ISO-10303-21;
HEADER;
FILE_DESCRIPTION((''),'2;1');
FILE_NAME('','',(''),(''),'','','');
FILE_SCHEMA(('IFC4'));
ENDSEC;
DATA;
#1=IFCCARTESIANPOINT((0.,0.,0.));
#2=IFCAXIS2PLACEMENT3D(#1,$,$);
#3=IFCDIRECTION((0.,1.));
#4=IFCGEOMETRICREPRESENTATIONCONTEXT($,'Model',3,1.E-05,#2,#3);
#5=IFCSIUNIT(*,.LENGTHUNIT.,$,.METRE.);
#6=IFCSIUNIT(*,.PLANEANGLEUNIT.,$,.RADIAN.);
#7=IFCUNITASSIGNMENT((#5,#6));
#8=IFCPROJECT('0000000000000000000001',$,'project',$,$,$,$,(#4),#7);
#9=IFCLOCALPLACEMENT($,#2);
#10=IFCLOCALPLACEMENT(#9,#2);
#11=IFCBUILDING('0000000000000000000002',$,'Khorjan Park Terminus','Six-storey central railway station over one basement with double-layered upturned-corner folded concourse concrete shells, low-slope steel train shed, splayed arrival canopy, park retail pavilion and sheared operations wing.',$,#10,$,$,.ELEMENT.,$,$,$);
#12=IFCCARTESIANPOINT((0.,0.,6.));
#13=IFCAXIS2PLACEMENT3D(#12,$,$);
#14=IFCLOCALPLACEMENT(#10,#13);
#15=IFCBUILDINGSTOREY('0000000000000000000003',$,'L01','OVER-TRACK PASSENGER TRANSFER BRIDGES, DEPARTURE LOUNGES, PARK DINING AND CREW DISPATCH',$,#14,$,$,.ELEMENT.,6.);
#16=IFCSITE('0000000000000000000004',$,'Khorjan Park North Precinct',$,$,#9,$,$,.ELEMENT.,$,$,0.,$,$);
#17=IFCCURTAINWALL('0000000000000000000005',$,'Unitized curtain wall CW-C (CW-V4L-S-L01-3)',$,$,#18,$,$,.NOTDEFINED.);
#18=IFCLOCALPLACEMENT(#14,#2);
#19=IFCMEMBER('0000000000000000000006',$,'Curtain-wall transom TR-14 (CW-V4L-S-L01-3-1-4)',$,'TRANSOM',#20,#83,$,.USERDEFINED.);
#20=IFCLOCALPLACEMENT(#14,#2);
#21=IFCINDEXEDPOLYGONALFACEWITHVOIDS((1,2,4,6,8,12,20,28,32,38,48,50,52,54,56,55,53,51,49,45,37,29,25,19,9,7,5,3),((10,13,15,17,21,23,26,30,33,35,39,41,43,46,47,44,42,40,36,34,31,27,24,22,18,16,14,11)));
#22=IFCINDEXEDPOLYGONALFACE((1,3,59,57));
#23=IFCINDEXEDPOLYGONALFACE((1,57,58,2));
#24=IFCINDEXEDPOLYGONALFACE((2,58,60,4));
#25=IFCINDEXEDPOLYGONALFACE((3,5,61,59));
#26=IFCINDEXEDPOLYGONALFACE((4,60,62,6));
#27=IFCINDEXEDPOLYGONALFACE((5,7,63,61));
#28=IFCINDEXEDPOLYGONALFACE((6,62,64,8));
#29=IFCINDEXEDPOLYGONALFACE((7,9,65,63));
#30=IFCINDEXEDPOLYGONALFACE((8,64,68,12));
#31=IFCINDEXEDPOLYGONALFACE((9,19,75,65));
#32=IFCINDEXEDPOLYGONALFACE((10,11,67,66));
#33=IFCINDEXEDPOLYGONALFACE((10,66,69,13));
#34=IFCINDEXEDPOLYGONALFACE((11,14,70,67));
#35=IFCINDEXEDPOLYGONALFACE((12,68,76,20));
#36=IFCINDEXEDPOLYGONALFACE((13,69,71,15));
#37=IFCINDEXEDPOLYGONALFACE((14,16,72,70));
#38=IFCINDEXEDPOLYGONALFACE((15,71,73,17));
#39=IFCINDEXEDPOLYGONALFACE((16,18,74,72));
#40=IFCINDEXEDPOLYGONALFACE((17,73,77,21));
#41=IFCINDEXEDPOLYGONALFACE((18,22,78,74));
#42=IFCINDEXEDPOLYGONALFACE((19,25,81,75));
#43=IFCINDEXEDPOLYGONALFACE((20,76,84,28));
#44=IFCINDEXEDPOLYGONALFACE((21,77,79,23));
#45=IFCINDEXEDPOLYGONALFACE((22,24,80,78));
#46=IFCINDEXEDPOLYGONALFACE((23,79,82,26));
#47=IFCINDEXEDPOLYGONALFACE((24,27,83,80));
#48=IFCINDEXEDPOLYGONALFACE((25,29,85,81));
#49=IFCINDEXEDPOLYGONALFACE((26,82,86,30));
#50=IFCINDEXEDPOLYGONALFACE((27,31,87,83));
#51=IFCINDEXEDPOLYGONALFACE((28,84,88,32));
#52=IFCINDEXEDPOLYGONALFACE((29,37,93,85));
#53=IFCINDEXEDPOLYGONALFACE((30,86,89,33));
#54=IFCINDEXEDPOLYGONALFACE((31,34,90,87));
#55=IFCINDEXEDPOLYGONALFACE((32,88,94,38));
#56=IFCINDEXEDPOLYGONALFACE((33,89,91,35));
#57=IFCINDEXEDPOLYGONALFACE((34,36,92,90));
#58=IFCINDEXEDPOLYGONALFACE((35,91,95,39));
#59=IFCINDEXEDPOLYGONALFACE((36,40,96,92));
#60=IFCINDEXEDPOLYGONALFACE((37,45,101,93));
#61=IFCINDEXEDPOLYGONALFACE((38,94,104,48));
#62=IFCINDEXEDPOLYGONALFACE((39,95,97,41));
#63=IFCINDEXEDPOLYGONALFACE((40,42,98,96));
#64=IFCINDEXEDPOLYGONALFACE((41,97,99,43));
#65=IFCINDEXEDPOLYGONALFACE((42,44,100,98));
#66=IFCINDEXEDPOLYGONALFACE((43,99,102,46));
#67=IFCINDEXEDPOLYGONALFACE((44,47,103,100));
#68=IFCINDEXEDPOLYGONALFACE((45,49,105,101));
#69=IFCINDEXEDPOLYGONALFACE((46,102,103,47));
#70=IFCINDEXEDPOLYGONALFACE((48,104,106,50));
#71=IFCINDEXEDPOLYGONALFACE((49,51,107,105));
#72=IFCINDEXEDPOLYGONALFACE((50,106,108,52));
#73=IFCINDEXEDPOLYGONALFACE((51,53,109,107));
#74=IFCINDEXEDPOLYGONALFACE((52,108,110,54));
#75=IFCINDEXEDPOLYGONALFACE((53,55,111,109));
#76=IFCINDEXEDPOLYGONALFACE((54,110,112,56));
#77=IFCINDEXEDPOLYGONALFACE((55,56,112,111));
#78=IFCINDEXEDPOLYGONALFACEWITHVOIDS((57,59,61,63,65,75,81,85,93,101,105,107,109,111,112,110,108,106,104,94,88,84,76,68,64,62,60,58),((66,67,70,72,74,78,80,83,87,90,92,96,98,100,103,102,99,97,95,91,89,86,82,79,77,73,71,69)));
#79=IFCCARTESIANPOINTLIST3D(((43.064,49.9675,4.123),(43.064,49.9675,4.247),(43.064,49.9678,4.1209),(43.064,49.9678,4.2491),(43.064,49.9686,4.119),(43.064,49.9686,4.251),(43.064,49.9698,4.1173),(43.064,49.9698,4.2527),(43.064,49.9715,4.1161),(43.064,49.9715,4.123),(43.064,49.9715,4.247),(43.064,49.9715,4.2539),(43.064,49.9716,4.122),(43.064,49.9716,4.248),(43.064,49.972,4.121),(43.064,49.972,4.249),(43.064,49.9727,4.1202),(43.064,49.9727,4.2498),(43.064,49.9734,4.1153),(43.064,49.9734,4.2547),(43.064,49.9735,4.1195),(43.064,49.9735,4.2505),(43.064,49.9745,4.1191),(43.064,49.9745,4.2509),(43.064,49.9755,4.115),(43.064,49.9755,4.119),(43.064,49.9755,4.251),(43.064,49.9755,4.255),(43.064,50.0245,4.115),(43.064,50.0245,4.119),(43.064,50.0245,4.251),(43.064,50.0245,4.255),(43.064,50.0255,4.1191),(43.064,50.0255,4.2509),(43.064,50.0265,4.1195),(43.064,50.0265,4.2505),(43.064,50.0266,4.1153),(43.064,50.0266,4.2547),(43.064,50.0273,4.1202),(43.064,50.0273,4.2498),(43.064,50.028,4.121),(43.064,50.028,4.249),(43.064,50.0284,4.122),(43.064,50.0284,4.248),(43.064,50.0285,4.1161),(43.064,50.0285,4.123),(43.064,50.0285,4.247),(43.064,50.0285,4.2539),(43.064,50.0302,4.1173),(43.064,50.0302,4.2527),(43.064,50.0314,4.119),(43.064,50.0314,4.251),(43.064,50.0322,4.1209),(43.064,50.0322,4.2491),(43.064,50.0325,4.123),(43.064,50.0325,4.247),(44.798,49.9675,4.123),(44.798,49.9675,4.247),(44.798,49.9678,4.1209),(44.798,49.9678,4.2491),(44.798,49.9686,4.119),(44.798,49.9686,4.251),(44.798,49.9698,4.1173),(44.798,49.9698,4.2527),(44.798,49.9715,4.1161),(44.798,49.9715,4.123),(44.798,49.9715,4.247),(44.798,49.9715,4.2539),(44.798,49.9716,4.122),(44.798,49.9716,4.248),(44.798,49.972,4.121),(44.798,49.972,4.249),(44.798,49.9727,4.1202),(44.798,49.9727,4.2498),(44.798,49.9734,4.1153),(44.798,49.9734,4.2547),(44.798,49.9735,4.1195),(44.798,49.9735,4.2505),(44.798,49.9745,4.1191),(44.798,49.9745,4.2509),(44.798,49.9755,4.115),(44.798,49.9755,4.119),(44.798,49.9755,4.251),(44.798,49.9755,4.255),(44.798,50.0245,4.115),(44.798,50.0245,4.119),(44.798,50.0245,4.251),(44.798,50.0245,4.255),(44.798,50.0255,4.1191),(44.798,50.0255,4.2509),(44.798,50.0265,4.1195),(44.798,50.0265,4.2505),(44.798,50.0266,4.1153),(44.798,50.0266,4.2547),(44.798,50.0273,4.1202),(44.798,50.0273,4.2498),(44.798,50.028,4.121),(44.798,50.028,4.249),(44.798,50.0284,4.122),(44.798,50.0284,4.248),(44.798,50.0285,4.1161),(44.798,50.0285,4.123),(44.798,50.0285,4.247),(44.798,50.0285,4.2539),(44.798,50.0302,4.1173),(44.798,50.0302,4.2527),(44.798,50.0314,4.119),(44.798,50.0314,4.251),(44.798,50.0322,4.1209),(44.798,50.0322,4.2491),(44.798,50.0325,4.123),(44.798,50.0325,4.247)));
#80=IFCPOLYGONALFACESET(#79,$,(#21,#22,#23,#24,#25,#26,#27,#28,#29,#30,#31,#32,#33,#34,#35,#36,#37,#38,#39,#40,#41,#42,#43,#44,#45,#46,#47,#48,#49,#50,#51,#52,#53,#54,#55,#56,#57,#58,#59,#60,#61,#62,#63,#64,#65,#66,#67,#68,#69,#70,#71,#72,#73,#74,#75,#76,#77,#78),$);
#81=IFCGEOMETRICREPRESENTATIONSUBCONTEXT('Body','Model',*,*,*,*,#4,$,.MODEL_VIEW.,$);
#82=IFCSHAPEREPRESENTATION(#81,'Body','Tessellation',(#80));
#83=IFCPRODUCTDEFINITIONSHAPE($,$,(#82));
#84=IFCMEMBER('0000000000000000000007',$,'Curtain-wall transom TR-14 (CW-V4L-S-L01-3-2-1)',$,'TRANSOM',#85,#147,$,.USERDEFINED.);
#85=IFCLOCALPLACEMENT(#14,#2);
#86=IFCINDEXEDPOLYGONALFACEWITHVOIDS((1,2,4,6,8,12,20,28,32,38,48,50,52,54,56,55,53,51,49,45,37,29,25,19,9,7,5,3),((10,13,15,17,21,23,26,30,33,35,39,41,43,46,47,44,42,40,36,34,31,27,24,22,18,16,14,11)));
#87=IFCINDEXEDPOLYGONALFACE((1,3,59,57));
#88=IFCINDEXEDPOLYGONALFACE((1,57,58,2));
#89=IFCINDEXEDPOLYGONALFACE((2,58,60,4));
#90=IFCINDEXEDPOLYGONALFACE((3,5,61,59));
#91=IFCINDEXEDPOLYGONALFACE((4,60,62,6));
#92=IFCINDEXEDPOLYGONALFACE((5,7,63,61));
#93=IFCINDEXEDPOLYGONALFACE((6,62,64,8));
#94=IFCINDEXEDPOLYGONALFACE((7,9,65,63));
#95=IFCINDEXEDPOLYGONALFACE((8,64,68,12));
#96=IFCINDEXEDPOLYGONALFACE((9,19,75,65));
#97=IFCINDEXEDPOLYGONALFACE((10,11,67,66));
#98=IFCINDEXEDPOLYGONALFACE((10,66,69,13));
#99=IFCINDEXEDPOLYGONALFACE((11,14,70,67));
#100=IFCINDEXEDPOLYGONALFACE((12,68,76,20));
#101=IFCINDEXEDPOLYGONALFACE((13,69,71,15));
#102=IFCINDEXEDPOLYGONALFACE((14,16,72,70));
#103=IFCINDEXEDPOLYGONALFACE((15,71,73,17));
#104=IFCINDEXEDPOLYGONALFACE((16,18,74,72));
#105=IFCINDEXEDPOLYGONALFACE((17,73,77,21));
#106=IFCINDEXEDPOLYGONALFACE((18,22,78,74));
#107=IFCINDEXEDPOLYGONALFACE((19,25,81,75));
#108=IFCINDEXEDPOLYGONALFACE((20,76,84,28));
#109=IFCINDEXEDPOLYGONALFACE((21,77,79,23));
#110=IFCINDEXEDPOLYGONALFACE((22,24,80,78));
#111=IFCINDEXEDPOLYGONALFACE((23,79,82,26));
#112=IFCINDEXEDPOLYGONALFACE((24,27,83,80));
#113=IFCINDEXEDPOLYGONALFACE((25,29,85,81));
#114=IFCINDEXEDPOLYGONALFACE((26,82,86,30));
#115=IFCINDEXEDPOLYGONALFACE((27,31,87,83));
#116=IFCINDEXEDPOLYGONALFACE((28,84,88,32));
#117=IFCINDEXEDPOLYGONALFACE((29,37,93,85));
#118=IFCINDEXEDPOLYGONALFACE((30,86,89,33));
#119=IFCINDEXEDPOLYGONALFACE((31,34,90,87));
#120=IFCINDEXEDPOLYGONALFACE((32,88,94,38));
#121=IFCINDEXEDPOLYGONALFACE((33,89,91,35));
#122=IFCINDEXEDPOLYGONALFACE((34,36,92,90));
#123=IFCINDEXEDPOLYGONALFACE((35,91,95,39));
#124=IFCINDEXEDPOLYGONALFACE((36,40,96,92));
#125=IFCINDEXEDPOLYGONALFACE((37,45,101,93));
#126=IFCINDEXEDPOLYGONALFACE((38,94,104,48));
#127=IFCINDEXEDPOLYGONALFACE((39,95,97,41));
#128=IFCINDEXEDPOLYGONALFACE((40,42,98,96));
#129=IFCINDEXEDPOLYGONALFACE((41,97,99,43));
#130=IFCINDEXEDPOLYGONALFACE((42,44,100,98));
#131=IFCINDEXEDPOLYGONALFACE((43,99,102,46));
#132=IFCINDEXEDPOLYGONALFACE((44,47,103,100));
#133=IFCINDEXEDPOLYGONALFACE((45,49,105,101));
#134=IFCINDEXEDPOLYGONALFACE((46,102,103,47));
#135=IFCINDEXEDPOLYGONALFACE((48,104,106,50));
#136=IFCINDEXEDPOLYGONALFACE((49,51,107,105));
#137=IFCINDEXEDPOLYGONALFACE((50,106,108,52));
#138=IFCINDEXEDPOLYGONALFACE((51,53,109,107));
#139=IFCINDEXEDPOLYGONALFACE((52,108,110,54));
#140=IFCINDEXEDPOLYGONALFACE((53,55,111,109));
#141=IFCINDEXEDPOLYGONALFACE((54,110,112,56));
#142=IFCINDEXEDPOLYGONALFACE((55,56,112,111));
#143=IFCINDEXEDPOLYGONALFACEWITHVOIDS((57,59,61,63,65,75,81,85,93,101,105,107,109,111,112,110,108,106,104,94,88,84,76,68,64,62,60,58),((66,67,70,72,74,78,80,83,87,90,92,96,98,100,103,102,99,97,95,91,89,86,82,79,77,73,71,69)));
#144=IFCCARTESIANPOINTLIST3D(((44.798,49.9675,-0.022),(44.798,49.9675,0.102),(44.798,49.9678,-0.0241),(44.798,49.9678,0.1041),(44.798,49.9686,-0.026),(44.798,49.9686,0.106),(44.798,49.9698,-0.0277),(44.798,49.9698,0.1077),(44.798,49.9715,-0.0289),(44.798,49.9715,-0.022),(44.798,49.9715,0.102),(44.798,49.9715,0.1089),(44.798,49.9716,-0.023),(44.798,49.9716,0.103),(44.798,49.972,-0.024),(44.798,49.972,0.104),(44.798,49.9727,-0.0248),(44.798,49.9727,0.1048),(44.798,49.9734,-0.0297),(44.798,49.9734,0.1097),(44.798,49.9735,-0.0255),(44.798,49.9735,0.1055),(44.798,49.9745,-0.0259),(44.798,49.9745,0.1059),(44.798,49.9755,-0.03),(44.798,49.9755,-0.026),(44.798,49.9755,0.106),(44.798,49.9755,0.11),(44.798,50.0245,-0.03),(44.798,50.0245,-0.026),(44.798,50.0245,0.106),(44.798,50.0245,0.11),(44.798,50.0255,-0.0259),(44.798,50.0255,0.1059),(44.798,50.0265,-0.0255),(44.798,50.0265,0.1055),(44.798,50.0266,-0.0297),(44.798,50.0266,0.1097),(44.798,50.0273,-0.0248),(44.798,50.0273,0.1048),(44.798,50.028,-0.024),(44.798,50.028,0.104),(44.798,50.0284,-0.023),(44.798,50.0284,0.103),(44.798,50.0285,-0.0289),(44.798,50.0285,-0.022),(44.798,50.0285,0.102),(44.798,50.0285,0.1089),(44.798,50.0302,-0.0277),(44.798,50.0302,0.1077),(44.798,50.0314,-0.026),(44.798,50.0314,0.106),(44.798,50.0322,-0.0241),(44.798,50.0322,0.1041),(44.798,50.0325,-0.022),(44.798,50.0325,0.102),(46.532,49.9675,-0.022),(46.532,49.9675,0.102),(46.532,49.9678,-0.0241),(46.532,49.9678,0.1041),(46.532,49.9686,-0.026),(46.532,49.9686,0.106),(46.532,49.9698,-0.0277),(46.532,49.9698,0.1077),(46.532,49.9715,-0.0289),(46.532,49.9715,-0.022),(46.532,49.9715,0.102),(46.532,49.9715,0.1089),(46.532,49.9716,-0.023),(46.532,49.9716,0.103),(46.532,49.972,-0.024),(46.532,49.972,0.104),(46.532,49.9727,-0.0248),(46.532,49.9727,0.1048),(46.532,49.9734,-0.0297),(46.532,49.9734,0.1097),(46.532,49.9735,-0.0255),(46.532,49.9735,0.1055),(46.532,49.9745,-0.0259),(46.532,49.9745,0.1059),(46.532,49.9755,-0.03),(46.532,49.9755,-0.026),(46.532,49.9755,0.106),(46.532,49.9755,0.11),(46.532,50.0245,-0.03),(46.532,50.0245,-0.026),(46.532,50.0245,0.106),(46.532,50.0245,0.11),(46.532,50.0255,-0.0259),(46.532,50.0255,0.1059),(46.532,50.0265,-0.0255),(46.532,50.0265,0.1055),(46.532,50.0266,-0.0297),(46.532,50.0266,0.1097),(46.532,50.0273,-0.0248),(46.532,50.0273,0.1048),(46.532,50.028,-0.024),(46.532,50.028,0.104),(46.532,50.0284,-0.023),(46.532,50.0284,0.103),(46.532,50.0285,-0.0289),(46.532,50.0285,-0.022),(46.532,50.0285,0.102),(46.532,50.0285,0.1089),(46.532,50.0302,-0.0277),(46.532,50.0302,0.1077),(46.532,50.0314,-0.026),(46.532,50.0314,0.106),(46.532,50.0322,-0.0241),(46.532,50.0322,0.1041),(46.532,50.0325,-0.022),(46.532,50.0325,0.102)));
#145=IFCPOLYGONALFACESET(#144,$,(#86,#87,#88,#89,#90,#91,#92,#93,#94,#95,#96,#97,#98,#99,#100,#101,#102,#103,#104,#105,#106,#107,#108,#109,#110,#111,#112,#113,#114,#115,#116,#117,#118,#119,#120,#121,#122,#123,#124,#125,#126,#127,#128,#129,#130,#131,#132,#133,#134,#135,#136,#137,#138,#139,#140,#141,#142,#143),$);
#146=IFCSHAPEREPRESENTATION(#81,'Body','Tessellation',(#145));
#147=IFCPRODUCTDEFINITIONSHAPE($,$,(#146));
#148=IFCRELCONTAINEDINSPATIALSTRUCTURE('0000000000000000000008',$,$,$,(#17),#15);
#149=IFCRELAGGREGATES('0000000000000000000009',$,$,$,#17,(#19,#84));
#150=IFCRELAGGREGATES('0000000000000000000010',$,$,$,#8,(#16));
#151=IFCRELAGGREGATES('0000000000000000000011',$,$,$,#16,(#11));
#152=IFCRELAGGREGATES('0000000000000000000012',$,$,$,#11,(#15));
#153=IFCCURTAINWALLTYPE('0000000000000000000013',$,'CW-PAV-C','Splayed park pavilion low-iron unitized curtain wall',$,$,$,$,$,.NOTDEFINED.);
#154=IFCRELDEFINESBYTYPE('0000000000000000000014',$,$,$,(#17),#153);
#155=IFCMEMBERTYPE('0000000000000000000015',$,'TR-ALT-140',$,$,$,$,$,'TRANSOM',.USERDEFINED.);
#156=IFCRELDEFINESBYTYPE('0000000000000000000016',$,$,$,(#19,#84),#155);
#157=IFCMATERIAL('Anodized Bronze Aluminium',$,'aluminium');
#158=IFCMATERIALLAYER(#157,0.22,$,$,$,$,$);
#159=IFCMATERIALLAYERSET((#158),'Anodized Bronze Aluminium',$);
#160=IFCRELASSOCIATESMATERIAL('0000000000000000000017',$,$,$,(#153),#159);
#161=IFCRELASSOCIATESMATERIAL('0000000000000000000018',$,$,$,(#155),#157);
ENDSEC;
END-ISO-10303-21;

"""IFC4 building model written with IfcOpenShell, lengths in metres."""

from ifc_helpers import new_model, si_unit, direction, frame, origin, origin_2d, place, context, subcontext, project, spatial, hollow_rectangle, extrude, material, layer, layer_set, material_profile, profile_set, type_object, element, aggregate, save


model = new_model("IFC4")

# Units and contexts
model_context = context("Model", 3, precision=1e-05, world=origin(), true_north=direction((0.0, 1.0)))
body_context = subcontext(model_context, "Body", "Model", "MODEL_VIEW")
ifc_project = project(units=[si_unit("LENGTHUNIT", "METRE"), si_unit("PLANEANGLEUNIT", "RADIAN")], contexts=[model_context])

# Site, building, storey
site_placement = place(None, origin())
site = spatial("IfcSite", under=ifc_project, at=site_placement, Name="Khorjan Park North Precinct", CompositionType="ELEMENT", RefElevation=0.0)
building_placement = place(site_placement, origin())
building = spatial("IfcBuilding", under=site, at=building_placement, Name="Khorjan Park Terminus", Description="Six-storey central railway station over one basement with double-layered upturned-corner folded concourse concrete shells, low-slope steel train shed, splayed arrival canopy, park retail pavilion and sheared operations wing.", CompositionType="ELEMENT")
storey_placement = place(building_placement, frame((0.0, 0.0, 6.0)))
storey = spatial("IfcBuildingStorey", under=building, at=storey_placement, Name="L01", Description="OVER-TRACK PASSENGER TRANSFER BRIDGES, DEPARTURE LOUNGES, PARK DINING AND CREW DISPATCH", CompositionType="ELEMENT", Elevation=6.0)

# Shared definitions
ifc_material_1 = material(Name="Anodized Bronze Aluminium", Category="aluminium")
ifc_layer_1 = layer(ifc_material_1, 0.22)
ifc_layer_set_1 = layer_set([ifc_layer_1], Name="Anodized Bronze Aluminium")
curtain_wall_type = type_object("IfcCurtainWallType", Name="CW-PAV-C", Description="Splayed park pavilion low-iron unitized curtain wall", PredefinedType="NOTDEFINED", material=ifc_layer_set_1)

# Curtain wall
curtain_wall_1_placement = place(storey_placement, origin())
curtain_wall_1 = element("IfcCurtainWall", 1, at=curtain_wall_1_placement, inside=storey, type_object=curtain_wall_type, Name="Unitized curtain wall CW-C (CW-V4L-S-L01-3)", PredefinedType="NOTDEFINED")

# Members
ifc_material_profile_1 = material_profile(ifc_material_1, hollow_rectangle(XDim=0.065, YDim=0.14, WallThickness=0.004, InnerFilletRadius=0.004, OuterFilletRadius=0.008, at=origin_2d()), Name="ALT 65x140x4")
ifc_profile_set_1 = profile_set([ifc_material_profile_1], Name="Anodized Bronze Aluminium")
member_type_1 = type_object("IfcMemberType", Name="TR-ALT-140", ElementType="TRANSOM", PredefinedType="USERDEFINED", material=ifc_profile_set_1)
member_1_placement = place(storey_placement, frame((43.064, 50.0, 4.185), z_axis=(1.0, 0.0, 0.0), x_axis=(0.0, 1.0, 0.0)))
member_1 = element("IfcMember", 2, at=member_1_placement, type_object=member_type_1, Name="Curtain-wall transom TR-14 (CW-V4L-S-L01-3-1-4)", ObjectType="TRANSOM", PredefinedType="USERDEFINED", context=body_context, shape_type="SweptSolid", body=[
    extrude(hollow_rectangle(XDim=0.065, YDim=0.14, WallThickness=0.004, InnerFilletRadius=0.004, OuterFilletRadius=0.008, at=origin_2d()), origin(), (0.0, 0.0, 1.0), 1.734),
])
member_2_placement = place(storey_placement, frame((44.798, 50.0, 0.04), z_axis=(1.0, 0.0, 0.0), x_axis=(0.0, 1.0, 0.0)))
member_2 = element("IfcMember", 3, at=member_2_placement, type_object=member_type_1, Name="Curtain-wall transom TR-14 (CW-V4L-S-L01-3-2-1)", ObjectType="TRANSOM", PredefinedType="USERDEFINED", context=body_context, shape_type="SweptSolid", body=[
    extrude(hollow_rectangle(XDim=0.065, YDim=0.14, WallThickness=0.004, InnerFilletRadius=0.004, OuterFilletRadius=0.008, at=origin_2d()), origin(), (0.0, 0.0, 1.0), 1.734),
])

aggregate(curtain_wall_1, [member_1, member_2])

save(model, "model.ifc")
